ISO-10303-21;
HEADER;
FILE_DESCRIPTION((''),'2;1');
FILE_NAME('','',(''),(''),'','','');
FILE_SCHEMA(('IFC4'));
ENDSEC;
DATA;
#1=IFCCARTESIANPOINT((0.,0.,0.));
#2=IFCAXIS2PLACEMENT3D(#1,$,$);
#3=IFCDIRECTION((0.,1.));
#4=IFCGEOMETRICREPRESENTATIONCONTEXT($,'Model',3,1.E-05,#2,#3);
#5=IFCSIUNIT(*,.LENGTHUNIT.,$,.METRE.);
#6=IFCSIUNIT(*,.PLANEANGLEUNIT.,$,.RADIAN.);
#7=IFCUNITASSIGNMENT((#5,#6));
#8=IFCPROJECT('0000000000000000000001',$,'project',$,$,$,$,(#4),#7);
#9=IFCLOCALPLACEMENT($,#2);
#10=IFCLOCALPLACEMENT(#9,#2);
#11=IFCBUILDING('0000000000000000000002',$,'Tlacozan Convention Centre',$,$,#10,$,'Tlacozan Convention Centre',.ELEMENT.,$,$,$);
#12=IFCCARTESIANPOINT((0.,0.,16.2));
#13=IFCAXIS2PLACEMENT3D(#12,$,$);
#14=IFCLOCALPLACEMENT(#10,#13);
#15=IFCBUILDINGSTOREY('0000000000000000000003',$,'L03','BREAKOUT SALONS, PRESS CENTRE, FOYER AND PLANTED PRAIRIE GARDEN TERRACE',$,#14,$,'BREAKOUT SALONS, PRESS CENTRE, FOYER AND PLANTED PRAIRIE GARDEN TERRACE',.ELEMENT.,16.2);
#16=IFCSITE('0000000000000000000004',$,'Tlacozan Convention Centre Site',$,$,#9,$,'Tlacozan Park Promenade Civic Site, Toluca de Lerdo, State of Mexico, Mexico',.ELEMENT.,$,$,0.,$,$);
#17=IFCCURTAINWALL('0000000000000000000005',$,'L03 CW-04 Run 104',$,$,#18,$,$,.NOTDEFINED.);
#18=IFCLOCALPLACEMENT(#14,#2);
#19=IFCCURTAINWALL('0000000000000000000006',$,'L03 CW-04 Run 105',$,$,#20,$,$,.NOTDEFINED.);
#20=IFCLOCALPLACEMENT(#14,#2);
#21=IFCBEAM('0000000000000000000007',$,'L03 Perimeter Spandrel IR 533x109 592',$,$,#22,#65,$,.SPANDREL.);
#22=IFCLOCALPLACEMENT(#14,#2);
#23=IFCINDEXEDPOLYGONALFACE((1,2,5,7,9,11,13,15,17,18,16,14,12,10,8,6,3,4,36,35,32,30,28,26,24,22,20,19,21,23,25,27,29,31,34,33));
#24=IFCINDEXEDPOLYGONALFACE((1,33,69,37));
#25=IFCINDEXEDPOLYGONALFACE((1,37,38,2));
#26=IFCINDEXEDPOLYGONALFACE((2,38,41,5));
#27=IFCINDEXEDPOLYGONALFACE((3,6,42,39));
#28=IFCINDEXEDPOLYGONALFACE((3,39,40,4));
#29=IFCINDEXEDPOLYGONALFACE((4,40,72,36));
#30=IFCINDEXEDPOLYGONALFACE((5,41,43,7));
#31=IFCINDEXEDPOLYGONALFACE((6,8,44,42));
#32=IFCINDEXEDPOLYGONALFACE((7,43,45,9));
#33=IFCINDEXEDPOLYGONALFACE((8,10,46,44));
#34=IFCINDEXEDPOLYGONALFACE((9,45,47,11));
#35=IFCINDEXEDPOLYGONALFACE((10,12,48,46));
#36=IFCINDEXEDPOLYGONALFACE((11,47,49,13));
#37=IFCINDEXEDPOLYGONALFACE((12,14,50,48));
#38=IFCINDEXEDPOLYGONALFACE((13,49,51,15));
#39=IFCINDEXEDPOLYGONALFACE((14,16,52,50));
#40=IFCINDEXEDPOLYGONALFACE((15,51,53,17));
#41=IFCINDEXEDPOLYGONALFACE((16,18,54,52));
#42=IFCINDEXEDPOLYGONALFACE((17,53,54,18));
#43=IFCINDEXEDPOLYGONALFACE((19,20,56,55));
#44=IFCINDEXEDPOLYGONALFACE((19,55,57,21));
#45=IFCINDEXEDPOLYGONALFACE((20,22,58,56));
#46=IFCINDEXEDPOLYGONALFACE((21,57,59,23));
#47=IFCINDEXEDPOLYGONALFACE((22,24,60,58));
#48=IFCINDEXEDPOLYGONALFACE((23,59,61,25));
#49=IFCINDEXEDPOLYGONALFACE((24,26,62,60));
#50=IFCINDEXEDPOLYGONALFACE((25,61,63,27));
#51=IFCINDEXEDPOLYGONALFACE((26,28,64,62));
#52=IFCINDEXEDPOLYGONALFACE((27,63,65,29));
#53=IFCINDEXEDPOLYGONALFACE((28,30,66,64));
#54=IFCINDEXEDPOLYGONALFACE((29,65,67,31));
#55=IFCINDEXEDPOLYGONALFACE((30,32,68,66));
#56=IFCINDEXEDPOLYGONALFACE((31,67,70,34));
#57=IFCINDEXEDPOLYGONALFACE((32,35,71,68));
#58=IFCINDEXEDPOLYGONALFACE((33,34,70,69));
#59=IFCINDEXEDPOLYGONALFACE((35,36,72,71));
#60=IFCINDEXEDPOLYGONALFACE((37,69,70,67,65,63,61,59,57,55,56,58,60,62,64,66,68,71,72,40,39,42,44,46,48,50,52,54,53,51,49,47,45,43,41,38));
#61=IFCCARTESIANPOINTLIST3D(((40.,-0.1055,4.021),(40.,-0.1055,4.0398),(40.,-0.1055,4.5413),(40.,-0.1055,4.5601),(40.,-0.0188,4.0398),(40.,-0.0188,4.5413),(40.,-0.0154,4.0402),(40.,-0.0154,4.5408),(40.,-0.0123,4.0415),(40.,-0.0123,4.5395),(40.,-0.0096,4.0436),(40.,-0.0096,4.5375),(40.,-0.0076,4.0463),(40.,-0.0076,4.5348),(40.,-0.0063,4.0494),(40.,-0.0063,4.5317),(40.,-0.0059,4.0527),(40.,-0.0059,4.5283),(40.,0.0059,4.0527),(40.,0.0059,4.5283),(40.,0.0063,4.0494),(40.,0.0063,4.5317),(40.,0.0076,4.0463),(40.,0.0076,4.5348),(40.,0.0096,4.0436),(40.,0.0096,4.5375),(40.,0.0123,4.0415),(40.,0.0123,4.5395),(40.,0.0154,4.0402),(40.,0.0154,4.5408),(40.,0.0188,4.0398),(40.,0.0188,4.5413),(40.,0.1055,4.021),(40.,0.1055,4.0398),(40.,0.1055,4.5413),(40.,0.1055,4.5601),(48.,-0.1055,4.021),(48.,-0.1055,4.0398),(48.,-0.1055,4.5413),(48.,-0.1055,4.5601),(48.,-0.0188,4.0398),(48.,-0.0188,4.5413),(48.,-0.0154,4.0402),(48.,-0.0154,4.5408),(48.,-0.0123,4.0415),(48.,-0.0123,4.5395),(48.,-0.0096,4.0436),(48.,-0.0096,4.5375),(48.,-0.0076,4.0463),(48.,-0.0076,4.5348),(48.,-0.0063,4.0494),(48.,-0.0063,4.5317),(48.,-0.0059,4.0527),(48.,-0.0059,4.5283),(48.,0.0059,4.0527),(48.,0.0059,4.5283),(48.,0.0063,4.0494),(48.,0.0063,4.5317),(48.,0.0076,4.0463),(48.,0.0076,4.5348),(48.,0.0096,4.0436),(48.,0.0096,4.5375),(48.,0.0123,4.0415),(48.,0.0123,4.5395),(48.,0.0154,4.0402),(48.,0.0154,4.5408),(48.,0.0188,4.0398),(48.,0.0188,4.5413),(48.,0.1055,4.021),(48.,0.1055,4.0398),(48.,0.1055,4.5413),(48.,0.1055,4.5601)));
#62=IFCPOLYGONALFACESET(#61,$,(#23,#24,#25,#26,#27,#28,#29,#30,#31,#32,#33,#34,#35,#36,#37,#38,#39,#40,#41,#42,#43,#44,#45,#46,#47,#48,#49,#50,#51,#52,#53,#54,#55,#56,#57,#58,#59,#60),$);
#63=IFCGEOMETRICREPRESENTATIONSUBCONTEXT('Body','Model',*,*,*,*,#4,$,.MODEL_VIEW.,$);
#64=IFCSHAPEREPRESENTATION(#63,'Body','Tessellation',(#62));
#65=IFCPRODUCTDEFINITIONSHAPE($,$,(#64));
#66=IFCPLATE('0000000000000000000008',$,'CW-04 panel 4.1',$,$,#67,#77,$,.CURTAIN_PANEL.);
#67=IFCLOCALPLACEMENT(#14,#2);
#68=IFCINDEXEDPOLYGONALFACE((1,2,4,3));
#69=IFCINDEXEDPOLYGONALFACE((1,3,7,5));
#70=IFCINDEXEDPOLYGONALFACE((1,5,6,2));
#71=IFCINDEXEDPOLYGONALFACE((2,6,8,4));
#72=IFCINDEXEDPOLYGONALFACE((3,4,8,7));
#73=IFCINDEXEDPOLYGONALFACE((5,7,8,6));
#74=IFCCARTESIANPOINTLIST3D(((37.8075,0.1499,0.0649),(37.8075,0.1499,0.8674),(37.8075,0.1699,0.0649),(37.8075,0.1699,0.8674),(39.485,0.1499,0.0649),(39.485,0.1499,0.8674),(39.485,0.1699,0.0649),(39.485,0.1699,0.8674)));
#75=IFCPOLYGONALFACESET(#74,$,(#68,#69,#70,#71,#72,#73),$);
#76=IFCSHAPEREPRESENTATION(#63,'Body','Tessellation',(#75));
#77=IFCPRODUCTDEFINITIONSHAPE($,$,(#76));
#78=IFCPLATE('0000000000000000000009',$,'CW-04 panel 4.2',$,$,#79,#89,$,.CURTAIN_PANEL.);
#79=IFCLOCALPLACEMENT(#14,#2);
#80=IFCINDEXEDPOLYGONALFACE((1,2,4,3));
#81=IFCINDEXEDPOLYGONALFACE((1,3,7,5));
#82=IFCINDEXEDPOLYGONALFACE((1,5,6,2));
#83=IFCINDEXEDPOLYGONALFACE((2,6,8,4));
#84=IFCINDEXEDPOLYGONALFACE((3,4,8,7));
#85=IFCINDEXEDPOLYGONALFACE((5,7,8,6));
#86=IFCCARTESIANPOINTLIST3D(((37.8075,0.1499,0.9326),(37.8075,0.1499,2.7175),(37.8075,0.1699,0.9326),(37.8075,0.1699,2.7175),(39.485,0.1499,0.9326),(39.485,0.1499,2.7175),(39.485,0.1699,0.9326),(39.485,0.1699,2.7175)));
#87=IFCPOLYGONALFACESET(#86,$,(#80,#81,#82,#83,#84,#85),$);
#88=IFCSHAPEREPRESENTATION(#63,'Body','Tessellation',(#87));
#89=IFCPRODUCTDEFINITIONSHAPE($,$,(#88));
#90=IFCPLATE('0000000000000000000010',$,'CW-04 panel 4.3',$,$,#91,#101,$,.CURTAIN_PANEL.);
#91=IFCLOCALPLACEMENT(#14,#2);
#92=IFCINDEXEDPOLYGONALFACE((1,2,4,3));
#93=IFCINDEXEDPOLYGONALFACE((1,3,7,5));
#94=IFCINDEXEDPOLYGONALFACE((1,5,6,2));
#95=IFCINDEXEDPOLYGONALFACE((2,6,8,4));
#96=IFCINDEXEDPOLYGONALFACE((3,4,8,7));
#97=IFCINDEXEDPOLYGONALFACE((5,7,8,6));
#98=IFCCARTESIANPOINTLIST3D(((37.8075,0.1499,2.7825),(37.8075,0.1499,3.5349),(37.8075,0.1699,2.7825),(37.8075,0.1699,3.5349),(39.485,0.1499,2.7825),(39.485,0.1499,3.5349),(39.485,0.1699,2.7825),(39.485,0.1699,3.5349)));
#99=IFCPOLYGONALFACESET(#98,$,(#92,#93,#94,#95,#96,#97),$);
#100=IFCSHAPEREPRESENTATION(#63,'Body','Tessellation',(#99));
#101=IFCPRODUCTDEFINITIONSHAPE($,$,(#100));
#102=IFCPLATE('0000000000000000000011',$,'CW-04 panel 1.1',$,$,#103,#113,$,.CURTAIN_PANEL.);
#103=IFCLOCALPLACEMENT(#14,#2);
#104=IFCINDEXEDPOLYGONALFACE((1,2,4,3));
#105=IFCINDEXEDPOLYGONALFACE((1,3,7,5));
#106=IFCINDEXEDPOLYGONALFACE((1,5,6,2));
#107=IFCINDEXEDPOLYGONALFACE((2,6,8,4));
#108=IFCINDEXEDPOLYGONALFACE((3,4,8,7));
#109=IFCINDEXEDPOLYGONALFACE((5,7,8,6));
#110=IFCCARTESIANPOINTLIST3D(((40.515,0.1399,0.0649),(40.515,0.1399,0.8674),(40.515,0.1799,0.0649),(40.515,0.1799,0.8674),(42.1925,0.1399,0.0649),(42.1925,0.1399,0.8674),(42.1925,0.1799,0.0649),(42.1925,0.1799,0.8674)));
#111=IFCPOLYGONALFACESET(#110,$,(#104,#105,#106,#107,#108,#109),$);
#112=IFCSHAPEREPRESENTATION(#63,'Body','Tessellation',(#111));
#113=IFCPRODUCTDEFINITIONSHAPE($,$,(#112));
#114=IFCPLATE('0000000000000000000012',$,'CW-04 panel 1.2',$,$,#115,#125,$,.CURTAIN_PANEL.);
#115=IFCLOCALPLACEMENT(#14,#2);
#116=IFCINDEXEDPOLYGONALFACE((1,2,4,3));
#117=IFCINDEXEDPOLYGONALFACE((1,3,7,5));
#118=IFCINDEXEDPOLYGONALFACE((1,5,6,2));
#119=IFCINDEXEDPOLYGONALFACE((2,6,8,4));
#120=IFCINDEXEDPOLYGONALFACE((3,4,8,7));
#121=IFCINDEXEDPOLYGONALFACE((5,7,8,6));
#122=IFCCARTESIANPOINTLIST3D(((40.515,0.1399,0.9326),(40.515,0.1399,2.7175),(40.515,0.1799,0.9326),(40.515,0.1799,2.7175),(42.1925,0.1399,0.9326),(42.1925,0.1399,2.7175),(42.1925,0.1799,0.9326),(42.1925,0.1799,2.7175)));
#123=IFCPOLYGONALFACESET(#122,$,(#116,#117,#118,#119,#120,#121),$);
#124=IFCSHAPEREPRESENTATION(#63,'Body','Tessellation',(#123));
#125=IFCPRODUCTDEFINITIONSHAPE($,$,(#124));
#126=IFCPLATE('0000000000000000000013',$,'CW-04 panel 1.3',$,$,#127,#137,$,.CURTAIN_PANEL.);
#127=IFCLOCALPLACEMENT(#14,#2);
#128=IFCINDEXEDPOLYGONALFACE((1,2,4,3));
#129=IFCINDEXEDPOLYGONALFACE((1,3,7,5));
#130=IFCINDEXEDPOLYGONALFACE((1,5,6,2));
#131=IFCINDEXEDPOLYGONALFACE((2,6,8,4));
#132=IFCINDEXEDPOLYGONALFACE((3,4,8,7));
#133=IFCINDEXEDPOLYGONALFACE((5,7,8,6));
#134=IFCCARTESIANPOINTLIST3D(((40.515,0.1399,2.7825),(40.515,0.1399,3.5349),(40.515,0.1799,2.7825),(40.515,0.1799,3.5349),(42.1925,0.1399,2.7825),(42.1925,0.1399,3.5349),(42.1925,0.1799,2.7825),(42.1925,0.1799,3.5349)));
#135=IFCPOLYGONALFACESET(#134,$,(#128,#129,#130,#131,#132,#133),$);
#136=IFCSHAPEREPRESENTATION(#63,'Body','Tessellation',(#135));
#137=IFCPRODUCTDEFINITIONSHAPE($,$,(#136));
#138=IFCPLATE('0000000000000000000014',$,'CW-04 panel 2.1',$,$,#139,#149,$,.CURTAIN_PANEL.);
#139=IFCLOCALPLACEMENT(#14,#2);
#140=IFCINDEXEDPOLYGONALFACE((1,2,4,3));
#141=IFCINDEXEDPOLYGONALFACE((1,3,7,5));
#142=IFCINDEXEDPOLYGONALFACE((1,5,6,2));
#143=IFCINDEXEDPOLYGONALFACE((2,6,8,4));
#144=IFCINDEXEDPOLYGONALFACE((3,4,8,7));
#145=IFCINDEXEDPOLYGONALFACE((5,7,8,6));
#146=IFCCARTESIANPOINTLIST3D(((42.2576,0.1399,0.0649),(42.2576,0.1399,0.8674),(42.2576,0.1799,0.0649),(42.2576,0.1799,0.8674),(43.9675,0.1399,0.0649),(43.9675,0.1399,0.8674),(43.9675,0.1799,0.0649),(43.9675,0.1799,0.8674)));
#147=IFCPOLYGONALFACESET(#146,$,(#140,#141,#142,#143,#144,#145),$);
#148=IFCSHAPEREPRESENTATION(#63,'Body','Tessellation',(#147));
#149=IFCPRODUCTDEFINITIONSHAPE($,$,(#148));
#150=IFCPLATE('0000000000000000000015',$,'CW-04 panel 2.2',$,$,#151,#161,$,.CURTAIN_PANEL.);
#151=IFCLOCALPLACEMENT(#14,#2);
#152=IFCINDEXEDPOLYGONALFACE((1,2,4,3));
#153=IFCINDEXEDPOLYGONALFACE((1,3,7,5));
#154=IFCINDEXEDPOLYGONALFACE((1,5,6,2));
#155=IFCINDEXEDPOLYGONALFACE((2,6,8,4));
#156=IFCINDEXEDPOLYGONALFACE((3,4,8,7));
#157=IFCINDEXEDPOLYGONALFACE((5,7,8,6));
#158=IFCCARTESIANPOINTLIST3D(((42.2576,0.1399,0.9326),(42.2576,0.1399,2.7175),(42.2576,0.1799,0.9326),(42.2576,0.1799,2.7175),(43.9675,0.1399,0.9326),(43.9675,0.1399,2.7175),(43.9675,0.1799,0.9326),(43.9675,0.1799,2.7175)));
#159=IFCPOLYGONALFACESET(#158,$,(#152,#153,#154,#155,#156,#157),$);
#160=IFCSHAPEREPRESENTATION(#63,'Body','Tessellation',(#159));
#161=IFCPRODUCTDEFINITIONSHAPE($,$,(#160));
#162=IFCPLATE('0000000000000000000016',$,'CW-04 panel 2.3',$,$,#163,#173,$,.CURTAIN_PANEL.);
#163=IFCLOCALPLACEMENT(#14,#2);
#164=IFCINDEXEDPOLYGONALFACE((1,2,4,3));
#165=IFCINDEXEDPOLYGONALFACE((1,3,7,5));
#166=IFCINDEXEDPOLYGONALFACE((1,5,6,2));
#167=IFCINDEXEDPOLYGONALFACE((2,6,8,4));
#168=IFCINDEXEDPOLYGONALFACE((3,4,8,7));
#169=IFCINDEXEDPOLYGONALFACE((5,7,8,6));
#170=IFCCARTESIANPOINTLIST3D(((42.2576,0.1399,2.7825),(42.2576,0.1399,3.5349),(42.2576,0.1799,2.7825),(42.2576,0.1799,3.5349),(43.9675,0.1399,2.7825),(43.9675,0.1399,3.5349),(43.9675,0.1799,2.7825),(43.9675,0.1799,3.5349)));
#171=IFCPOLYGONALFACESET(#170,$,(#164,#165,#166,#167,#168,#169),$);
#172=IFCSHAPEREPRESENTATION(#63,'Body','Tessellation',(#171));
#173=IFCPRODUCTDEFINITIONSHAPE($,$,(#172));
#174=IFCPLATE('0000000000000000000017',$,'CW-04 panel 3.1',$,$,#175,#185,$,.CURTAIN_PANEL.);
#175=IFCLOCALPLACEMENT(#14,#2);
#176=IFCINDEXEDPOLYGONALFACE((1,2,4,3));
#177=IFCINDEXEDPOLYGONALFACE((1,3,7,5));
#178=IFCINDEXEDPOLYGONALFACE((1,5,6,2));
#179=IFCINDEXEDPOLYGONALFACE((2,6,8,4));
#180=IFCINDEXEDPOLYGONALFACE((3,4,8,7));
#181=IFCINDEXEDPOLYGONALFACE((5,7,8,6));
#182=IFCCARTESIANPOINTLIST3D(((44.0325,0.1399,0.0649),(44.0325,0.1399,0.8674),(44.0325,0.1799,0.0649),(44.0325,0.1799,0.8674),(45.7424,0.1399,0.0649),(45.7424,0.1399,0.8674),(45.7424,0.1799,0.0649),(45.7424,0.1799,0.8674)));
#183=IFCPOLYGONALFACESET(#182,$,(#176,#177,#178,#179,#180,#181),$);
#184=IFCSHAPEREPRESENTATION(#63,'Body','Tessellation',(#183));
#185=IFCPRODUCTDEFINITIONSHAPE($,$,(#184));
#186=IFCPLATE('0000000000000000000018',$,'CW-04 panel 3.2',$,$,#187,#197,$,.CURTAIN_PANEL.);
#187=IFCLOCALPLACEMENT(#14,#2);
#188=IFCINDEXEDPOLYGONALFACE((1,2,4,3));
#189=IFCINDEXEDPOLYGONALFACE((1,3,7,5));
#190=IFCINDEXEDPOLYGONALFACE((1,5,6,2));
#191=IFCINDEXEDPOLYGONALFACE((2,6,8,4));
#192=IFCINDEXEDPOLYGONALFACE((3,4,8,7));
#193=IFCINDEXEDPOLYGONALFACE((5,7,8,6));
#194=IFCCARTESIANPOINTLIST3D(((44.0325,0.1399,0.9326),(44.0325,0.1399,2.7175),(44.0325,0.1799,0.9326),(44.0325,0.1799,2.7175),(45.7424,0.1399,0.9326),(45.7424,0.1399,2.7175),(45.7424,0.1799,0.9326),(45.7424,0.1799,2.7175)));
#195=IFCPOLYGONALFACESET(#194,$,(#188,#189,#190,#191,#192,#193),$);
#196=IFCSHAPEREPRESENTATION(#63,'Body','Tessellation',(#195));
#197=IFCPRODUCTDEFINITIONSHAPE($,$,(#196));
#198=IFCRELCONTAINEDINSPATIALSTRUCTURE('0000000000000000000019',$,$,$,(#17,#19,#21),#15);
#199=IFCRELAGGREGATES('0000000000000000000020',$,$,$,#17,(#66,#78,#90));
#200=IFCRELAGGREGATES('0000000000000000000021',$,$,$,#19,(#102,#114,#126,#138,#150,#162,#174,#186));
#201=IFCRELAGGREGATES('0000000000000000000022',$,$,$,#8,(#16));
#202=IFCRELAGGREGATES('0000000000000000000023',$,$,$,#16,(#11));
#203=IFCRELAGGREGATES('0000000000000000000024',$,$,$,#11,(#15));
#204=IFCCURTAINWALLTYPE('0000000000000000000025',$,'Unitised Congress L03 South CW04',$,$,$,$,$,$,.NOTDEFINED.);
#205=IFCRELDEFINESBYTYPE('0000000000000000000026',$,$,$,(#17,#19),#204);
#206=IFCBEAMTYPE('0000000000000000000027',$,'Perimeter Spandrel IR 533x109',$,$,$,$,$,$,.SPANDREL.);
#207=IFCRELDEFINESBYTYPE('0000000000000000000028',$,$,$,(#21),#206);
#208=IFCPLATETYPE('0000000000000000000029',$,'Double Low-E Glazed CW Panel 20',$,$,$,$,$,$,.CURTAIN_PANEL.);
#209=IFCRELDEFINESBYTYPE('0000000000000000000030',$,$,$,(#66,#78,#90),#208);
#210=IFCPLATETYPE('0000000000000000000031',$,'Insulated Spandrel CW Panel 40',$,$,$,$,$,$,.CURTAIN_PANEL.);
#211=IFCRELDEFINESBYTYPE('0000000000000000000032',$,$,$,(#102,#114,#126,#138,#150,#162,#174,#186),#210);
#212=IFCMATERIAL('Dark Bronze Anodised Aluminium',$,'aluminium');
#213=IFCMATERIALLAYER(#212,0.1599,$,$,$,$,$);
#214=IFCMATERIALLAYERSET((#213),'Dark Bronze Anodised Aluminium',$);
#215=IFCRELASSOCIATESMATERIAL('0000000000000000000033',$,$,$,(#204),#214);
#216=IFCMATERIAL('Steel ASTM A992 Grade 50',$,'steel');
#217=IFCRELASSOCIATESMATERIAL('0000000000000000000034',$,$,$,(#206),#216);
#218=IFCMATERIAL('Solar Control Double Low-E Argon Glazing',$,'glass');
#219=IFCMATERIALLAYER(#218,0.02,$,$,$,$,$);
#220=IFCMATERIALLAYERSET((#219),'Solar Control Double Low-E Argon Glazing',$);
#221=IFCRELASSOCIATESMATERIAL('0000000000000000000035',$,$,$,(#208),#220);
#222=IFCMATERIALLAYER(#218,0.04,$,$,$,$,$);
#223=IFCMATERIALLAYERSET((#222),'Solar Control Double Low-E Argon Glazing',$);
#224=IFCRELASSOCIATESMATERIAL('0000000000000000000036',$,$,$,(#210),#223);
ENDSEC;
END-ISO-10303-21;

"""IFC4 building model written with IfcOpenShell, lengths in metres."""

from ifc_helpers import new_model, si_unit, direction, frame, origin, origin_2d, place, context, subcontext, project, spatial, rectangle, i_section, extrude, material, layer, layer_set, material_profile, profile_set, type_object, element, aggregate, save


model = new_model("IFC4")

# Units and contexts
model_context = context("Model", 3, precision=1e-05, world=origin(), true_north=direction((0.0, 1.0)))
body_context = subcontext(model_context, "Body", "Model", "MODEL_VIEW")
ifc_project = project(units=[si_unit("LENGTHUNIT", "METRE"), si_unit("PLANEANGLEUNIT", "RADIAN")], contexts=[model_context])

# Site, building, storey
site_placement = place(None, origin())
site = spatial("IfcSite", under=ifc_project, at=site_placement, Name="Tlacozan Convention Centre Site", LongName="Tlacozan Park Promenade Civic Site, Toluca de Lerdo, State of Mexico, Mexico", CompositionType="ELEMENT", RefElevation=0.0)
building_placement = place(site_placement, origin())
building = spatial("IfcBuilding", under=site, at=building_placement, Name="Tlacozan Convention Centre", LongName="Tlacozan Convention Centre", CompositionType="ELEMENT")
storey_placement = place(building_placement, frame((0.0, 0.0, 16.2)))
storey = spatial("IfcBuildingStorey", under=building, at=storey_placement, Name="L03", Description="BREAKOUT SALONS, PRESS CENTRE, FOYER AND PLANTED PRAIRIE GARDEN TERRACE", LongName="BREAKOUT SALONS, PRESS CENTRE, FOYER AND PLANTED PRAIRIE GARDEN TERRACE", CompositionType="ELEMENT", Elevation=16.2)

# Curtain wall
ifc_material_1 = material(Name="Dark Bronze Anodised Aluminium", Category="aluminium")
ifc_layer_1 = layer(ifc_material_1, 0.1599)
ifc_layer_set_1 = layer_set([ifc_layer_1], Name="Dark Bronze Anodised Aluminium")
curtain_wall_type = type_object("IfcCurtainWallType", Name="Unitised Congress L03 South CW04", PredefinedType="NOTDEFINED", material=ifc_layer_set_1)
curtain_wall_1_placement = place(storey_placement, origin())
curtain_wall_1 = element("IfcCurtainWall", 1, at=curtain_wall_1_placement, inside=storey, type_object=curtain_wall_type, Name="L03 CW-04 Run 104", PredefinedType="NOTDEFINED")

# Curtain wall
curtain_wall_2_placement = place(storey_placement, origin())
curtain_wall_2 = element("IfcCurtainWall", 2, at=curtain_wall_2_placement, inside=storey, type_object=curtain_wall_type, Name="L03 CW-04 Run 105", PredefinedType="NOTDEFINED")

# Beam
ifc_material_2 = material(Name="Steel ASTM A992 Grade 50", Category="steel")
ifc_material_profile_1 = material_profile(ifc_material_2, i_section(OverallWidth=0.2109, OverallDepth=0.5391, WebThickness=0.0117, FlangeThickness=0.0188, FilletRadius=0.0129, at=origin_2d()), Name="IR 533x109.0")
ifc_profile_set_1 = profile_set([ifc_material_profile_1], Name="Steel ASTM A992 Grade 50")
beam_type_1 = type_object("IfcBeamType", Name="Perimeter Spandrel IR 533x109", PredefinedType="SPANDREL", material=ifc_profile_set_1)
beam_1_placement = place(storey_placement, frame((40.0, 0.0, 4.2905), z_axis=(1.0, 0.0, 0.0), x_axis=(0.0, 1.0, 0.0)))
element("IfcBeam", 3, at=beam_1_placement, inside=storey, type_object=beam_type_1, Name="L03 Perimeter Spandrel IR 533x109 592", PredefinedType="SPANDREL", context=body_context, shape_type="SweptSolid", body=[
    extrude(i_section(OverallWidth=0.2109, OverallDepth=0.5391, WebThickness=0.0117, FlangeThickness=0.0188, FilletRadius=0.0129, at=origin_2d()), origin(), (0.0, 0.0, 1.0), 8.0),
])

# Plates
ifc_material_3 = material(Name="Solar Control Double Low-E Argon Glazing", Category="glass")
ifc_layer_2 = layer(ifc_material_3, 0.02)
ifc_layer_set_2 = layer_set([ifc_layer_2], Name="Solar Control Double Low-E Argon Glazing")
plate_type_1 = type_object("IfcPlateType", Name="Double Low-E Glazed CW Panel 20", PredefinedType="CURTAIN_PANEL", material=ifc_layer_set_2)
plate_1_placement = place(storey_placement, frame((38.6462, 0.1599, 0.0649), z_axis=(0.0, 0.0, 1.0), x_axis=(1.0, 0.0, 0.0)))
plate_1 = element("IfcPlate", 4, at=plate_1_placement, type_object=plate_type_1, Name="CW-04 panel 4.1", PredefinedType="CURTAIN_PANEL", context=body_context, shape_type="SweptSolid", body=[
    extrude(rectangle(XDim=1.6775, YDim=0.02, at=origin_2d()), origin(), (0.0, 0.0, 1.0), 0.8025),
])
plate_2_placement = place(storey_placement, frame((38.6462, 0.1599, 0.9326), z_axis=(0.0, 0.0, 1.0), x_axis=(1.0, 0.0, 0.0)))
plate_2 = element("IfcPlate", 5, at=plate_2_placement, type_object=plate_type_1, Name="CW-04 panel 4.2", PredefinedType="CURTAIN_PANEL", context=body_context, shape_type="SweptSolid", body=[
    extrude(rectangle(XDim=1.6775, YDim=0.02, at=origin_2d()), origin(), (0.0, 0.0, 1.0), 1.7849),
])
plate_3_placement = place(storey_placement, frame((38.6462, 0.1599, 2.7825), z_axis=(0.0, 0.0, 1.0), x_axis=(1.0, 0.0, 0.0)))
plate_3 = element("IfcPlate", 6, at=plate_3_placement, type_object=plate_type_1, Name="CW-04 panel 4.3", PredefinedType="CURTAIN_PANEL", context=body_context, shape_type="SweptSolid", body=[
    extrude(rectangle(XDim=1.6775, YDim=0.02, at=origin_2d()), origin(), (0.0, 0.0, 1.0), 0.7524),
])
aggregate(curtain_wall_1, [plate_1, plate_2, plate_3])
ifc_layer_3 = layer(ifc_material_3, 0.04)
ifc_layer_set_3 = layer_set([ifc_layer_3], Name="Solar Control Double Low-E Argon Glazing")
plate_type_2 = type_object("IfcPlateType", Name="Insulated Spandrel CW Panel 40", PredefinedType="CURTAIN_PANEL", material=ifc_layer_set_3)
plate_4_placement = place(storey_placement, frame((41.3538, 0.1599, 0.0649), z_axis=(0.0, 0.0, 1.0), x_axis=(1.0, 0.0, 0.0)))
plate_4 = element("IfcPlate", 7, at=plate_4_placement, type_object=plate_type_2, Name="CW-04 panel 1.1", PredefinedType="CURTAIN_PANEL", context=body_context, shape_type="SweptSolid", body=[
    extrude(rectangle(XDim=1.6775, YDim=0.04, at=origin_2d()), origin(), (0.0, 0.0, 1.0), 0.8025),
])
plate_5_placement = place(storey_placement, frame((41.3538, 0.1599, 0.9326), z_axis=(0.0, 0.0, 1.0), x_axis=(1.0, 0.0, 0.0)))
plate_5 = element("IfcPlate", 8, at=plate_5_placement, type_object=plate_type_2, Name="CW-04 panel 1.2", PredefinedType="CURTAIN_PANEL", context=body_context, shape_type="SweptSolid", body=[
    extrude(rectangle(XDim=1.6775, YDim=0.04, at=origin_2d()), origin(), (0.0, 0.0, 1.0), 1.7849),
])
plate_6_placement = place(storey_placement, frame((41.3538, 0.1599, 2.7825), z_axis=(0.0, 0.0, 1.0), x_axis=(1.0, 0.0, 0.0)))
plate_6 = element("IfcPlate", 9, at=plate_6_placement, type_object=plate_type_2, Name="CW-04 panel 1.3", PredefinedType="CURTAIN_PANEL", context=body_context, shape_type="SweptSolid", body=[
    extrude(rectangle(XDim=1.6775, YDim=0.04, at=origin_2d()), origin(), (0.0, 0.0, 1.0), 0.7524),
])
plate_7_placement = place(storey_placement, frame((43.1125, 0.1599, 0.0649), z_axis=(0.0, 0.0, 1.0), x_axis=(1.0, 0.0, 0.0)))
plate_7 = element("IfcPlate", 10, at=plate_7_placement, type_object=plate_type_2, Name="CW-04 panel 2.1", PredefinedType="CURTAIN_PANEL", context=body_context, shape_type="SweptSolid", body=[
    extrude(rectangle(XDim=1.71, YDim=0.04, at=origin_2d()), origin(), (0.0, 0.0, 1.0), 0.8025),
])
plate_8_placement = place(storey_placement, frame((43.1125, 0.1599, 0.9326), z_axis=(0.0, 0.0, 1.0), x_axis=(1.0, 0.0, 0.0)))
plate_8 = element("IfcPlate", 11, at=plate_8_placement, type_object=plate_type_2, Name="CW-04 panel 2.2", PredefinedType="CURTAIN_PANEL", context=body_context, shape_type="SweptSolid", body=[
    extrude(rectangle(XDim=1.71, YDim=0.04, at=origin_2d()), origin(), (0.0, 0.0, 1.0), 1.7849),
])
plate_9_placement = place(storey_placement, frame((43.1125, 0.1599, 2.7825), z_axis=(0.0, 0.0, 1.0), x_axis=(1.0, 0.0, 0.0)))
plate_9 = element("IfcPlate", 12, at=plate_9_placement, type_object=plate_type_2, Name="CW-04 panel 2.3", PredefinedType="CURTAIN_PANEL", context=body_context, shape_type="SweptSolid", body=[
    extrude(rectangle(XDim=1.71, YDim=0.04, at=origin_2d()), origin(), (0.0, 0.0, 1.0), 0.7524),
])
plate_10_placement = place(storey_placement, frame((44.8875, 0.1599, 0.0649), z_axis=(0.0, 0.0, 1.0), x_axis=(1.0, 0.0, 0.0)))
plate_10 = element("IfcPlate", 13, at=plate_10_placement, type_object=plate_type_2, Name="CW-04 panel 3.1", PredefinedType="CURTAIN_PANEL", context=body_context, shape_type="SweptSolid", body=[
    extrude(rectangle(XDim=1.71, YDim=0.04, at=origin_2d()), origin(), (0.0, 0.0, 1.0), 0.8025),
])
plate_11_placement = place(storey_placement, frame((44.8875, 0.1599, 0.9326), z_axis=(0.0, 0.0, 1.0), x_axis=(1.0, 0.0, 0.0)))
plate_11 = element("IfcPlate", 14, at=plate_11_placement, type_object=plate_type_2, Name="CW-04 panel 3.2", PredefinedType="CURTAIN_PANEL", context=body_context, shape_type="SweptSolid", body=[
    extrude(rectangle(XDim=1.71, YDim=0.04, at=origin_2d()), origin(), (0.0, 0.0, 1.0), 1.7849),
])
aggregate(curtain_wall_2, [plate_4, plate_5, plate_6, plate_7, plate_8, plate_9, plate_10, plate_11])

save(model, "model.ifc")
